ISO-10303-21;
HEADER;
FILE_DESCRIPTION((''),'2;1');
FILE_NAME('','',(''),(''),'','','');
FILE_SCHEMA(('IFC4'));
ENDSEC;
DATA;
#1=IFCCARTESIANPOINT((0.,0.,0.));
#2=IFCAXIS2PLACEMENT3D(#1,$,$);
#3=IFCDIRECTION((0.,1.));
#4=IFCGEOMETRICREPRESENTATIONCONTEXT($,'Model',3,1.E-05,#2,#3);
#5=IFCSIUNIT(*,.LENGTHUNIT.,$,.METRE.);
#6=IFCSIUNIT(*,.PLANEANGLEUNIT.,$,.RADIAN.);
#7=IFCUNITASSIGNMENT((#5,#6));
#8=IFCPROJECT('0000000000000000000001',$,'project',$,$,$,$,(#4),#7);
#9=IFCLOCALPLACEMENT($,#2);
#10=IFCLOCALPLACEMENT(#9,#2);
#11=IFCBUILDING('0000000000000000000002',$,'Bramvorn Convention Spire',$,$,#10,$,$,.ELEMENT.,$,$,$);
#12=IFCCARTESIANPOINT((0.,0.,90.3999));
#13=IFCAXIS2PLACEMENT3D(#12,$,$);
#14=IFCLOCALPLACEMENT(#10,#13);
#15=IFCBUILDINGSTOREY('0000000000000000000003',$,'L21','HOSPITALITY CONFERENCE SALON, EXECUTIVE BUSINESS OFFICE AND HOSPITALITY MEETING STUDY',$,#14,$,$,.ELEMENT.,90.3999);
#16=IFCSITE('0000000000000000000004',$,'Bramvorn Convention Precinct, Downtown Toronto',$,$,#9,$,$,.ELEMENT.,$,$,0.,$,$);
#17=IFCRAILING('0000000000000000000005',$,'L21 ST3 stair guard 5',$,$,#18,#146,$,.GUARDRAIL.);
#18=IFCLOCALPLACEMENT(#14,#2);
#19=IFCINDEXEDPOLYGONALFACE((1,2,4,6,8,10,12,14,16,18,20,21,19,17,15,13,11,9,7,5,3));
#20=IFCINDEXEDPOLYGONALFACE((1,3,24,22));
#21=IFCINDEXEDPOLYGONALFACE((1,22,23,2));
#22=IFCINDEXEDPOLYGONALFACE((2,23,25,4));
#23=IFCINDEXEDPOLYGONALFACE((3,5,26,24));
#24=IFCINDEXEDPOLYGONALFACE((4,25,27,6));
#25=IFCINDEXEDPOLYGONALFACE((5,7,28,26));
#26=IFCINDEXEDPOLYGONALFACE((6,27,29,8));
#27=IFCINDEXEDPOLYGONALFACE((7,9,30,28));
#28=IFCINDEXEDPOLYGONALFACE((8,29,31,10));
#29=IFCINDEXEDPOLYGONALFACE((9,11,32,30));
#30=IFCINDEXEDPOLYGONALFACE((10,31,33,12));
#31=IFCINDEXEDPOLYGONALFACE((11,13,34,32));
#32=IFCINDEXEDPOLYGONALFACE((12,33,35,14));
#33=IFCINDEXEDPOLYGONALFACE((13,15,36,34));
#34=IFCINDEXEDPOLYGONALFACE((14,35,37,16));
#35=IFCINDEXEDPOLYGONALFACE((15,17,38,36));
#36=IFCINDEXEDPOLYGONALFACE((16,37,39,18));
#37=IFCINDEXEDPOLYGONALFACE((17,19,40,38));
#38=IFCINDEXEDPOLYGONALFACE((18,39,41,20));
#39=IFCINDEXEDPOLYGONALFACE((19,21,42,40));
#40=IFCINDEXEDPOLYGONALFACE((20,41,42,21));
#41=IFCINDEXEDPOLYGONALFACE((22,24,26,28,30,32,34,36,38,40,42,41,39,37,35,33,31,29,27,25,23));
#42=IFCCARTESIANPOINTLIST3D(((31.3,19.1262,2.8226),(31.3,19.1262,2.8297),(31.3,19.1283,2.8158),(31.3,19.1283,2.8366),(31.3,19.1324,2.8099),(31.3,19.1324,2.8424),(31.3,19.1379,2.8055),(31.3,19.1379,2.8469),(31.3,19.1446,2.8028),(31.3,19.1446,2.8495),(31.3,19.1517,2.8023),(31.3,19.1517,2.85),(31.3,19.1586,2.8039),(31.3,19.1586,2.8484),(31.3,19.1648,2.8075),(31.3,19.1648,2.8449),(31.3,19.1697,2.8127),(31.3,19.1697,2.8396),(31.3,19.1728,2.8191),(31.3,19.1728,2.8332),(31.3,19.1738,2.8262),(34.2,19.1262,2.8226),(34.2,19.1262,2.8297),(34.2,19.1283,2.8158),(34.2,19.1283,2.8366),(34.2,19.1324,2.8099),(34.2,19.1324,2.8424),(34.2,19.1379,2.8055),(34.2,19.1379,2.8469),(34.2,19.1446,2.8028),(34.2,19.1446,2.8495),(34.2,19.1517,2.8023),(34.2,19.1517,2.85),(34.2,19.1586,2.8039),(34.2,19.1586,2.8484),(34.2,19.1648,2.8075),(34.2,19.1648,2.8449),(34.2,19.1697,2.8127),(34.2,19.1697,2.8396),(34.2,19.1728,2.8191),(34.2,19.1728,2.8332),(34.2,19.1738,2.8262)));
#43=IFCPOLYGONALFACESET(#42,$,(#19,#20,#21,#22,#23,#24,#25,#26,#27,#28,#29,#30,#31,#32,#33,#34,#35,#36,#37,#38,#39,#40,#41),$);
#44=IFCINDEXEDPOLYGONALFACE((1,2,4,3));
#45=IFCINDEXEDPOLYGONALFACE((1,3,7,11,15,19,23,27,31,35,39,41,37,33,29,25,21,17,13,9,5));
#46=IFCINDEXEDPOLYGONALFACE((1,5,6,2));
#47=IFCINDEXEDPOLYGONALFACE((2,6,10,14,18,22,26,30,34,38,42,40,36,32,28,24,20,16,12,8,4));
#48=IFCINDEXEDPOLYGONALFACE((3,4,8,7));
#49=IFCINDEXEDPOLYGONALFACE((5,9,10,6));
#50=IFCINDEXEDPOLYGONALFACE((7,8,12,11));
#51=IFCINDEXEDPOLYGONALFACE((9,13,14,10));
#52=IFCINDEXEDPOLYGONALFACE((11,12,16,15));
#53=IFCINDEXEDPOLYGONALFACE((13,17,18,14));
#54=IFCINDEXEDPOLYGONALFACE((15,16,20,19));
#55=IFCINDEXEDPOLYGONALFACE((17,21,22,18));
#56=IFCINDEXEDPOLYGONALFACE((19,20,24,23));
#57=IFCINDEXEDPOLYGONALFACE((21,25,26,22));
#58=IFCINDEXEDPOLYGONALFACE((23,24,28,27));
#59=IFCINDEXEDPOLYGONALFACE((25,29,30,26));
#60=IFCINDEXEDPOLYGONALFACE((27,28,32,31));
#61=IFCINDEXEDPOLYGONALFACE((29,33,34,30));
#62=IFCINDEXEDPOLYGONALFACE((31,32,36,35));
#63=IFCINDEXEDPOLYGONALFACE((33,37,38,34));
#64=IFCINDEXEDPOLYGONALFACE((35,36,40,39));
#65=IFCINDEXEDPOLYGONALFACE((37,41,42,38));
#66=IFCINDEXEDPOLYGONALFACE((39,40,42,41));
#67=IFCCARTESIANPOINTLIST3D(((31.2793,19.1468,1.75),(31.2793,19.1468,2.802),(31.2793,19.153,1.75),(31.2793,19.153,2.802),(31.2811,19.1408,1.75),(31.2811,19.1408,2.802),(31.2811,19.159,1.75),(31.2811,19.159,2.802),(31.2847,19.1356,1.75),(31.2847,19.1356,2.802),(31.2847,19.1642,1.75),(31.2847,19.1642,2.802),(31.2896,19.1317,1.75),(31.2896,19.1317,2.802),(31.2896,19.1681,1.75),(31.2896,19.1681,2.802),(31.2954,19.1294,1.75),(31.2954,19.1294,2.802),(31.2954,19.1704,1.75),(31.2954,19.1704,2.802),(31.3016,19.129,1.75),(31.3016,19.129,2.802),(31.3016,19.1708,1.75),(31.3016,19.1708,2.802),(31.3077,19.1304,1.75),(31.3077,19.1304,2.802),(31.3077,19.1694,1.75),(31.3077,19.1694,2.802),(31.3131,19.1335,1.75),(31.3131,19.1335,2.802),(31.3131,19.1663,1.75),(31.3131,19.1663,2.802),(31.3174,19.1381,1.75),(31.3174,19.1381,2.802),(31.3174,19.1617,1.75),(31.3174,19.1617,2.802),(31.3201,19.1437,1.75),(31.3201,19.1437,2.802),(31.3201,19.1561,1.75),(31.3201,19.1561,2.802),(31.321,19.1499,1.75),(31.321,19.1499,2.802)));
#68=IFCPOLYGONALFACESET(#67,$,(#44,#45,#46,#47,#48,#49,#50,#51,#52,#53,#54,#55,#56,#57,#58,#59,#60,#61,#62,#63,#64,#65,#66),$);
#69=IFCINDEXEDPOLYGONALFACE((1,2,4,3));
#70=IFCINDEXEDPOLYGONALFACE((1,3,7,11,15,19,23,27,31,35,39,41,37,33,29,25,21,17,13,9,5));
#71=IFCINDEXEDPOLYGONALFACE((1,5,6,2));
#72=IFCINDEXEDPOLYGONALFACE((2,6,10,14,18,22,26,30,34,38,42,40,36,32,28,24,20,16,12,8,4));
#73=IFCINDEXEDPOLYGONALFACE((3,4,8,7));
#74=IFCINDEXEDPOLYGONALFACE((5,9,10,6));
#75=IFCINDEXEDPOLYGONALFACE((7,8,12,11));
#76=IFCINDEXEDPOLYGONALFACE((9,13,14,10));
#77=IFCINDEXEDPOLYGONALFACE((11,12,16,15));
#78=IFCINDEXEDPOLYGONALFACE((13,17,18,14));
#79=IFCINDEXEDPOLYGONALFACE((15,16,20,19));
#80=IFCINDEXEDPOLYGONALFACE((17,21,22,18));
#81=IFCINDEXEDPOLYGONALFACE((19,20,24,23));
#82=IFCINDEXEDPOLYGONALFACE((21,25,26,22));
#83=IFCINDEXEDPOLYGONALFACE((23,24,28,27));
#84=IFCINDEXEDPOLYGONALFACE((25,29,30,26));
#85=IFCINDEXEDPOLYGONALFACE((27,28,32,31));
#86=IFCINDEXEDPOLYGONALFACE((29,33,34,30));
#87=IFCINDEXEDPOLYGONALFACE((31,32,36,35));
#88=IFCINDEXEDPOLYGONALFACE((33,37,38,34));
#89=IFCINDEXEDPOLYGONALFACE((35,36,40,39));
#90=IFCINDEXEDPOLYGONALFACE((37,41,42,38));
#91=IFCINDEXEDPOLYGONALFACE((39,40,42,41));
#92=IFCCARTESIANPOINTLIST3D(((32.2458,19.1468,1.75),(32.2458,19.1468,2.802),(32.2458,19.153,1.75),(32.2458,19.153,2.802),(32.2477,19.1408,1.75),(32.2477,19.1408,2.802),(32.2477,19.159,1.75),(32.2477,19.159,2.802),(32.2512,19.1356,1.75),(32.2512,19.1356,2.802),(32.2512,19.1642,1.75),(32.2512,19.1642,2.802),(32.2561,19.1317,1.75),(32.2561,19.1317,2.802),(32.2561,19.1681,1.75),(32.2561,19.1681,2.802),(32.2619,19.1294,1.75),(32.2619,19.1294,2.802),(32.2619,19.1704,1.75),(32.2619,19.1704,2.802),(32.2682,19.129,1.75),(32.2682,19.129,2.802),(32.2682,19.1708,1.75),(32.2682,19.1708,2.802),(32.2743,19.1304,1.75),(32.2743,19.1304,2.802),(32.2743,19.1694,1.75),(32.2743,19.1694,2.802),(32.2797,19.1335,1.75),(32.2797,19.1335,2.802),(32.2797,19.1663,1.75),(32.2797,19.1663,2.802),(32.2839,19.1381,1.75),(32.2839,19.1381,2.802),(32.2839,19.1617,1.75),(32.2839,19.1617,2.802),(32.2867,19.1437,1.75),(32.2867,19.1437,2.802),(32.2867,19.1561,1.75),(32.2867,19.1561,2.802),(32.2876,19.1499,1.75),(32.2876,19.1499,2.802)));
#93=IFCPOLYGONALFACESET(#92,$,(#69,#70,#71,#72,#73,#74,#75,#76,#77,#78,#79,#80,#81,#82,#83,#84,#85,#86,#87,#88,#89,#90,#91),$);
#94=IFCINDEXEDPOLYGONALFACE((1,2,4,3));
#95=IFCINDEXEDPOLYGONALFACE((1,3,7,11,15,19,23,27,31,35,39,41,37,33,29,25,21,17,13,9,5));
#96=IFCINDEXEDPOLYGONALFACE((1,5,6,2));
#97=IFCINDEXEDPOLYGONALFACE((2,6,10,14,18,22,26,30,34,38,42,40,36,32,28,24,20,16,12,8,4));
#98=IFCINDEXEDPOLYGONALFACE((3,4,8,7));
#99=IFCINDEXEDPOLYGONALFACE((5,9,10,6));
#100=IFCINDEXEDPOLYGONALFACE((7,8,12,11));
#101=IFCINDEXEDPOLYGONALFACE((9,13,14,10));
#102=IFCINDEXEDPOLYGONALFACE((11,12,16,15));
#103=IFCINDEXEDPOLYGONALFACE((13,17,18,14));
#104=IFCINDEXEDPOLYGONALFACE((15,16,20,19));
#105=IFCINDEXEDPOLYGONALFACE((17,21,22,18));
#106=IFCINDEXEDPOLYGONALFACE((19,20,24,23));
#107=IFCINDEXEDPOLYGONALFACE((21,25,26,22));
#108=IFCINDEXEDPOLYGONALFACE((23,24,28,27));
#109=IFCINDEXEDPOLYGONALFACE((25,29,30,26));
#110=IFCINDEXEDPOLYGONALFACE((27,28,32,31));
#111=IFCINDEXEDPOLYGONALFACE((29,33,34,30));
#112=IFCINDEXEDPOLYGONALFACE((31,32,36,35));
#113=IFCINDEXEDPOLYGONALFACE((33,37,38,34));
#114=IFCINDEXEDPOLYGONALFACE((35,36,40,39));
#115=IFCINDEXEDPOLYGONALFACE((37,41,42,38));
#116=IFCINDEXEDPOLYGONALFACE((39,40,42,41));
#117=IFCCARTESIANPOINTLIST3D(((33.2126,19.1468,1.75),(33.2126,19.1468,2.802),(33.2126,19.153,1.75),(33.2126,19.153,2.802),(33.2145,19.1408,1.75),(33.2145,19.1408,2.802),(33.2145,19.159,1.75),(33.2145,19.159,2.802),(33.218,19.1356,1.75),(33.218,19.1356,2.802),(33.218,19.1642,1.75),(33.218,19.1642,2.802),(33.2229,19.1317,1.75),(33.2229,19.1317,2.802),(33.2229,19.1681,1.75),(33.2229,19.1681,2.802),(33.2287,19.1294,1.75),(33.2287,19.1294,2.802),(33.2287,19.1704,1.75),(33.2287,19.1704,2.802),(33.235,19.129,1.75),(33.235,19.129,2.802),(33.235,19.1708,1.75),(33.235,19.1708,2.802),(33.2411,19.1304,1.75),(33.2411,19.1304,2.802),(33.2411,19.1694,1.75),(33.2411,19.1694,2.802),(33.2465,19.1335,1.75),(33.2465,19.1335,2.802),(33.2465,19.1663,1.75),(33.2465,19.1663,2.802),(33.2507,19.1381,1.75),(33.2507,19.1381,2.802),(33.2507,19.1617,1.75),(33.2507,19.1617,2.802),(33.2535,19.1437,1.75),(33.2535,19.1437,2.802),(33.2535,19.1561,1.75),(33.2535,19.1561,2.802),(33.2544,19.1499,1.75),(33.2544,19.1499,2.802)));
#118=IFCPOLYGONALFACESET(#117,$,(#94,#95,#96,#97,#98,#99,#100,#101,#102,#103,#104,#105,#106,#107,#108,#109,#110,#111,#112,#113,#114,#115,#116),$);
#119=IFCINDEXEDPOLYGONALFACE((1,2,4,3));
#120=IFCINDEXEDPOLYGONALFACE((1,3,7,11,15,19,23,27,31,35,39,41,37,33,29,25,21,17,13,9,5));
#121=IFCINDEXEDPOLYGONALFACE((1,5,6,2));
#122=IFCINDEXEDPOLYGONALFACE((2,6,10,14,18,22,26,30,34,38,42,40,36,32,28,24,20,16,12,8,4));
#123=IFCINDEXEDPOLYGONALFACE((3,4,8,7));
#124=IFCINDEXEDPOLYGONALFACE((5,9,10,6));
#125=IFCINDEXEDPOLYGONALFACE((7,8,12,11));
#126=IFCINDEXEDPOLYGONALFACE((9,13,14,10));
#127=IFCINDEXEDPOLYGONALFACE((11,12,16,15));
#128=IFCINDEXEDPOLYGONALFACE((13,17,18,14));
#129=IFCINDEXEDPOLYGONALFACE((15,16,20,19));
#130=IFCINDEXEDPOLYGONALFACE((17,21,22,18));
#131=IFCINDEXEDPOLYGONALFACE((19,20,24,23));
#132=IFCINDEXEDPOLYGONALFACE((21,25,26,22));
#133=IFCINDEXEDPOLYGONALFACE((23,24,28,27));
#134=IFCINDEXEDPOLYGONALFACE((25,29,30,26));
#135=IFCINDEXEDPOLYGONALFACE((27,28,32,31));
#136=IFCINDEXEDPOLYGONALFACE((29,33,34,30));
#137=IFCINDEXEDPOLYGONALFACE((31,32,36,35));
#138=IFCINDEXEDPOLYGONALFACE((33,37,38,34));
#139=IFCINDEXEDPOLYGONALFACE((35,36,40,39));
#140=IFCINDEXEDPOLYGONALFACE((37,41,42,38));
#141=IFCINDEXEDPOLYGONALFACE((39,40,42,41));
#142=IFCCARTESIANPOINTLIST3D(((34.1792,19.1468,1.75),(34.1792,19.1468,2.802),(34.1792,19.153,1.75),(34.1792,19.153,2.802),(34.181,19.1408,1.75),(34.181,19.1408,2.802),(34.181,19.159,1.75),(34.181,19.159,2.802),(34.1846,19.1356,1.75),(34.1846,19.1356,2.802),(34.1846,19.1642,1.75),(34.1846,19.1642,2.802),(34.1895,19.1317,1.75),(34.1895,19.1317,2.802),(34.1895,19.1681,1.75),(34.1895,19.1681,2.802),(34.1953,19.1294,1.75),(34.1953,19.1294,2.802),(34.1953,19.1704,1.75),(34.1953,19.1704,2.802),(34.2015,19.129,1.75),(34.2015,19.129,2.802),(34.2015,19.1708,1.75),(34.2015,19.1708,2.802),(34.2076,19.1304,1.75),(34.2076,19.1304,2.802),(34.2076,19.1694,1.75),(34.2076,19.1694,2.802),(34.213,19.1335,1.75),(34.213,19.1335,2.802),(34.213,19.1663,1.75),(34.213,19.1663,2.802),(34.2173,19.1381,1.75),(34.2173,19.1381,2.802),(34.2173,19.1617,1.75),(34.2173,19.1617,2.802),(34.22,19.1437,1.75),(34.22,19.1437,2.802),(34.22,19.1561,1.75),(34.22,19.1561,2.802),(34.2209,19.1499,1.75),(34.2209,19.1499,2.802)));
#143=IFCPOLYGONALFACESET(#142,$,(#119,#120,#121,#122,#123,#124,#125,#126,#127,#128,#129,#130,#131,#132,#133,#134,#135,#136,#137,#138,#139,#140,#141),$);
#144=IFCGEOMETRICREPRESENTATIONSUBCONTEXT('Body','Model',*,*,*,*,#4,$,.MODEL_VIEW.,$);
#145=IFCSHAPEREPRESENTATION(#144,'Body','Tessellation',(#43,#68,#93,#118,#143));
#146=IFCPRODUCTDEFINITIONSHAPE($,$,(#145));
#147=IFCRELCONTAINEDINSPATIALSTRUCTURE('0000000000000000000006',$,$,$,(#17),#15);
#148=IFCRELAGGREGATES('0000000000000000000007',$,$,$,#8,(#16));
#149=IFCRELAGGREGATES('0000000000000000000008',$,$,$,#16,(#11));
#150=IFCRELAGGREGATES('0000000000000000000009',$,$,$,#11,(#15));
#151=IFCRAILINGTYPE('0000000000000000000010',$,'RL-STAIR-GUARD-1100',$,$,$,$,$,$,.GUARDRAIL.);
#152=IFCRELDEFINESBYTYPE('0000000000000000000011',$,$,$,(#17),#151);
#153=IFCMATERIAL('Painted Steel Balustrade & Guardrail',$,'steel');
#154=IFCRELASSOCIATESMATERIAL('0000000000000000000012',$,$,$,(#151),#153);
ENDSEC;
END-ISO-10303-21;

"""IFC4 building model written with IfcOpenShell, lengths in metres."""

from ifc_helpers import new_model, si_unit, direction, frame, origin, origin_2d, place, context, subcontext, project, spatial, circle, extrude, material, type_object, element, save


model = new_model("IFC4")

# Units and contexts
model_context = context("Model", 3, precision=1e-05, world=origin(), true_north=direction((0.0, 1.0)))
body_context = subcontext(model_context, "Body", "Model", "MODEL_VIEW")
ifc_project = project(units=[si_unit("LENGTHUNIT", "METRE"), si_unit("PLANEANGLEUNIT", "RADIAN")], contexts=[model_context])

# Site, building, storey
site_placement = place(None, origin())
site = spatial("IfcSite", under=ifc_project, at=site_placement, Name="Bramvorn Convention Precinct, Downtown Toronto", CompositionType="ELEMENT", RefElevation=0.0)
building_placement = place(site_placement, origin())
building = spatial("IfcBuilding", under=site, at=building_placement, Name="Bramvorn Convention Spire", CompositionType="ELEMENT")
storey_placement = place(building_placement, frame((0.0, 0.0, 90.3999)))
storey = spatial("IfcBuildingStorey", under=building, at=storey_placement, Name="L21", Description="HOSPITALITY CONFERENCE SALON, EXECUTIVE BUSINESS OFFICE AND HOSPITALITY MEETING STUDY", CompositionType="ELEMENT", Elevation=90.3999)

# Railing
ifc_material_1 = material(Name="Painted Steel Balustrade & Guardrail", Category="steel")
railing_type = type_object("IfcRailingType", Name="RL-STAIR-GUARD-1100", PredefinedType="GUARDRAIL", material=ifc_material_1)
railing_1_placement = place(storey_placement, frame((31.3, 19.1499, 1.75)))
element("IfcRailing", 1, at=railing_1_placement, inside=storey, type_object=railing_type, Name="L21 ST3 stair guard 5", PredefinedType="GUARDRAIL", context=body_context, shape_type="SweptSolid", body=[
    extrude(circle(Radius=0.0239, at=origin_2d()), frame((0.0, 0.0, 1.0762), z_axis=(1.0, 0.0, 0.0), x_axis=(0.0, 1.0, 0.0)), (0.0, 0.0, 1.0), 2.8999),
    extrude(circle(Radius=0.021, at=origin_2d()), origin(), (0.0, 0.0, 1.0), 1.052),
    extrude(circle(Radius=0.021, at=origin_2d()), frame((0.9666, 0.0, 0.0)), (0.0, 0.0, 1.0), 1.052),
    extrude(circle(Radius=0.021, at=origin_2d()), frame((1.9333, 0.0, 0.0)), (0.0, 0.0, 1.0), 1.052),
    extrude(circle(Radius=0.021, at=origin_2d()), frame((2.8999, 0.0, 0.0)), (0.0, 0.0, 1.0), 1.052),
])

save(model, "model.ifc")
